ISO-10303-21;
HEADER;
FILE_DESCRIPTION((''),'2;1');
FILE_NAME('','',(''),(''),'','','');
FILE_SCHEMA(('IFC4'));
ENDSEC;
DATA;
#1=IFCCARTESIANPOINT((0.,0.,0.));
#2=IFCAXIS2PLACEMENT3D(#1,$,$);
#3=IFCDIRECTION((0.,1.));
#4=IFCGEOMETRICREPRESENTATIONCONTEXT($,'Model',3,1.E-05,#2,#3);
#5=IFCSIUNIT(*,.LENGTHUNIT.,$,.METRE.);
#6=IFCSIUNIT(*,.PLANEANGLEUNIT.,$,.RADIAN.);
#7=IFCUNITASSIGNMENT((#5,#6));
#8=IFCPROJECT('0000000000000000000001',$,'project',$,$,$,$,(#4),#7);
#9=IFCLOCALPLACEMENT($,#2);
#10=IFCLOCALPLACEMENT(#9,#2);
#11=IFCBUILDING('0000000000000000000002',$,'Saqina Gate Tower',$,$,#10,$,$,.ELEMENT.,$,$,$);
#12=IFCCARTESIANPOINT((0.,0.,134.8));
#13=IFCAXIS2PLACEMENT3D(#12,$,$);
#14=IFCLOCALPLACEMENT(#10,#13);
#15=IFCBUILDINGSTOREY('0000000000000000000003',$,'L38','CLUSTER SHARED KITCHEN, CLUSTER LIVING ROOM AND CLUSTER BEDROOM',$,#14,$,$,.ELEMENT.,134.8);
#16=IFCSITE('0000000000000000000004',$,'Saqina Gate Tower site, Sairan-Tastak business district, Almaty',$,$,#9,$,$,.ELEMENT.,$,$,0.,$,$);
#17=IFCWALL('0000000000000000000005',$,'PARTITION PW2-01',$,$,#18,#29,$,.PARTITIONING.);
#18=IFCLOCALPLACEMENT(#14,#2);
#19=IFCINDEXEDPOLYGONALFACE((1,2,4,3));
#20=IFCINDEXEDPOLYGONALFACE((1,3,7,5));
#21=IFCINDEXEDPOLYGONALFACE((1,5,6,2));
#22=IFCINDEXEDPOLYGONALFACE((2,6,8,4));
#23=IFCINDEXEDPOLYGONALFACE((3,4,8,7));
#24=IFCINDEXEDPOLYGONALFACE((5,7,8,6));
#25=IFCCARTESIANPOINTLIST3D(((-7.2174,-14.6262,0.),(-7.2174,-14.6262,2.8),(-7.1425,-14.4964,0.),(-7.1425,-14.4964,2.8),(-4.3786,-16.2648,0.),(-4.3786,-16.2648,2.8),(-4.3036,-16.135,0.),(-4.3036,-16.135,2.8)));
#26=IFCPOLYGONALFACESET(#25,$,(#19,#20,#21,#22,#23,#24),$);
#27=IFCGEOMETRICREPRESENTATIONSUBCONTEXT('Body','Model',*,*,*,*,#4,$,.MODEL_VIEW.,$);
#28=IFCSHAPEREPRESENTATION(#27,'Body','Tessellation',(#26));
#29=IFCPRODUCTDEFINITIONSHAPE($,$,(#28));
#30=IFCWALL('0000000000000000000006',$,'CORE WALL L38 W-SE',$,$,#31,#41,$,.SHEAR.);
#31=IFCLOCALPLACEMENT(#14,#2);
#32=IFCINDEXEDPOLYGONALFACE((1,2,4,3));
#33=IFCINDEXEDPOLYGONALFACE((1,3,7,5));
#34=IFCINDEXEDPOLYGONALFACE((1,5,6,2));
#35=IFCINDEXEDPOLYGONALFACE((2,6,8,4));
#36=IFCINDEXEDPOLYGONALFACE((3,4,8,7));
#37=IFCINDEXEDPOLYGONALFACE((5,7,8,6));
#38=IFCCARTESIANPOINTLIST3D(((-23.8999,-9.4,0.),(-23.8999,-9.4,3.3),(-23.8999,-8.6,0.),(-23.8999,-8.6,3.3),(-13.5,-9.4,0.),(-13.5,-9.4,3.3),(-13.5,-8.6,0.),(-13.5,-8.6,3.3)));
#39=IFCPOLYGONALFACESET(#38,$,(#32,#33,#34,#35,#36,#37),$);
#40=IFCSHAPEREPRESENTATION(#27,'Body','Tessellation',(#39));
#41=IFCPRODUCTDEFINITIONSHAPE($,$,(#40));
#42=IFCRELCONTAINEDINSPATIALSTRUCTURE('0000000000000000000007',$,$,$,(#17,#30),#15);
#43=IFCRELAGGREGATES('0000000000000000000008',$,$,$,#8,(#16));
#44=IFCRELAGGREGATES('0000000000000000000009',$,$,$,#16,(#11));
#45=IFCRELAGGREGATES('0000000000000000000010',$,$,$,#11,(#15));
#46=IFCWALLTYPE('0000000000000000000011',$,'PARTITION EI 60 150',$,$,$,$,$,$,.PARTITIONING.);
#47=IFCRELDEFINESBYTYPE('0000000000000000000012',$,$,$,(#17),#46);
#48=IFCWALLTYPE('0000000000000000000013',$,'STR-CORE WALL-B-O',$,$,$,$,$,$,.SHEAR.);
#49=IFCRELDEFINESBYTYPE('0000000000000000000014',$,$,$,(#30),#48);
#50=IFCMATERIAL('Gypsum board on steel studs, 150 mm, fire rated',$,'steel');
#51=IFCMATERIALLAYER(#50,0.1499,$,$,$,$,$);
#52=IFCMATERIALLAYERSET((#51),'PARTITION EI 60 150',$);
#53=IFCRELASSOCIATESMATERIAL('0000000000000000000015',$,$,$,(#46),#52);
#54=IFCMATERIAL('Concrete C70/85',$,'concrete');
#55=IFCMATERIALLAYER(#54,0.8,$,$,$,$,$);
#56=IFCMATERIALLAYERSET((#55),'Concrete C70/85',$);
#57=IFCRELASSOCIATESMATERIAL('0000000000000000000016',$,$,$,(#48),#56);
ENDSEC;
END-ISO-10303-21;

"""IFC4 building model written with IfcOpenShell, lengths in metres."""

from ifc_helpers import new_model, si_unit, direction, frame, frame_2d, origin, place, context, subcontext, project, spatial, rectangle, extrude, material, layer, layer_set, type_object, element, save


model = new_model("IFC4")

# Units and contexts
model_context = context("Model", 3, precision=1e-05, world=origin(), true_north=direction((0.0, 1.0)))
body_context = subcontext(model_context, "Body", "Model", "MODEL_VIEW")
ifc_project = project(units=[si_unit("LENGTHUNIT", "METRE"), si_unit("PLANEANGLEUNIT", "RADIAN")], contexts=[model_context])

# Site, building, storey
site_placement = place(None, origin())
site = spatial("IfcSite", under=ifc_project, at=site_placement, Name="Saqina Gate Tower site, Sairan-Tastak business district, Almaty", CompositionType="ELEMENT", RefElevation=0.0)
building_placement = place(site_placement, origin())
building = spatial("IfcBuilding", under=site, at=building_placement, Name="Saqina Gate Tower", CompositionType="ELEMENT")
storey_placement = place(building_placement, frame((0.0, 0.0, 134.8)))
storey = spatial("IfcBuildingStorey", under=building, at=storey_placement, Name="L38", Description="CLUSTER SHARED KITCHEN, CLUSTER LIVING ROOM AND CLUSTER BEDROOM", CompositionType="ELEMENT", Elevation=134.8)

# Wall
ifc_material_1 = material(Name="Gypsum board on steel studs, 150 mm, fire rated", Category="steel")
ifc_layer_1 = layer(ifc_material_1, 0.1499)
ifc_layer_set_1 = layer_set([ifc_layer_1], Name="PARTITION EI 60 150")
wall_type_1 = type_object("IfcWallType", Name="PARTITION EI 60 150", PredefinedType="PARTITIONING", material=ifc_layer_set_1)
wall_1_placement = place(storey_placement, frame((-7.1799, -14.5613, 0.0), z_axis=(0.0, 0.0, 1.0), x_axis=(0.866071, -0.49992, 0.0)))
element("IfcWall", 1, at=wall_1_placement, inside=storey, type_object=wall_type_1, Name="PARTITION PW2-01", PredefinedType="PARTITIONING", context=body_context, shape_type="SweptSolid", body=[
    extrude(rectangle(XDim=3.2778, YDim=0.1499, at=frame_2d((1.6389, 0.0))), origin(), (0.0, 0.0, 1.0), 2.8),
])

# Shared definitions
ifc_material_2 = material(Name="Concrete C70/85", Category="concrete")
ifc_layer_2 = layer(ifc_material_2, 0.8)
ifc_layer_set_2 = layer_set([ifc_layer_2], Name="Concrete C70/85")
wall_type_2 = type_object("IfcWallType", Name="STR-CORE WALL-B-O", PredefinedType="SHEAR", material=ifc_layer_set_2)

# Wall
wall_2_placement = place(storey_placement, frame((-13.5, -9.0, 0.0), z_axis=(0.0, 0.0, 1.0), x_axis=(-1.0, 0.0, 0.0)))
element("IfcWall", 2, at=wall_2_placement, inside=storey, type_object=wall_type_2, Name="CORE WALL L38 W-SE", PredefinedType="SHEAR", context=body_context, shape_type="SweptSolid", body=[
    extrude(rectangle(XDim=10.3999, YDim=0.8, at=frame_2d((5.2, 0.0))), origin(), (0.0, 0.0, 1.0), 3.3),
])

save(model, "model.ifc")
